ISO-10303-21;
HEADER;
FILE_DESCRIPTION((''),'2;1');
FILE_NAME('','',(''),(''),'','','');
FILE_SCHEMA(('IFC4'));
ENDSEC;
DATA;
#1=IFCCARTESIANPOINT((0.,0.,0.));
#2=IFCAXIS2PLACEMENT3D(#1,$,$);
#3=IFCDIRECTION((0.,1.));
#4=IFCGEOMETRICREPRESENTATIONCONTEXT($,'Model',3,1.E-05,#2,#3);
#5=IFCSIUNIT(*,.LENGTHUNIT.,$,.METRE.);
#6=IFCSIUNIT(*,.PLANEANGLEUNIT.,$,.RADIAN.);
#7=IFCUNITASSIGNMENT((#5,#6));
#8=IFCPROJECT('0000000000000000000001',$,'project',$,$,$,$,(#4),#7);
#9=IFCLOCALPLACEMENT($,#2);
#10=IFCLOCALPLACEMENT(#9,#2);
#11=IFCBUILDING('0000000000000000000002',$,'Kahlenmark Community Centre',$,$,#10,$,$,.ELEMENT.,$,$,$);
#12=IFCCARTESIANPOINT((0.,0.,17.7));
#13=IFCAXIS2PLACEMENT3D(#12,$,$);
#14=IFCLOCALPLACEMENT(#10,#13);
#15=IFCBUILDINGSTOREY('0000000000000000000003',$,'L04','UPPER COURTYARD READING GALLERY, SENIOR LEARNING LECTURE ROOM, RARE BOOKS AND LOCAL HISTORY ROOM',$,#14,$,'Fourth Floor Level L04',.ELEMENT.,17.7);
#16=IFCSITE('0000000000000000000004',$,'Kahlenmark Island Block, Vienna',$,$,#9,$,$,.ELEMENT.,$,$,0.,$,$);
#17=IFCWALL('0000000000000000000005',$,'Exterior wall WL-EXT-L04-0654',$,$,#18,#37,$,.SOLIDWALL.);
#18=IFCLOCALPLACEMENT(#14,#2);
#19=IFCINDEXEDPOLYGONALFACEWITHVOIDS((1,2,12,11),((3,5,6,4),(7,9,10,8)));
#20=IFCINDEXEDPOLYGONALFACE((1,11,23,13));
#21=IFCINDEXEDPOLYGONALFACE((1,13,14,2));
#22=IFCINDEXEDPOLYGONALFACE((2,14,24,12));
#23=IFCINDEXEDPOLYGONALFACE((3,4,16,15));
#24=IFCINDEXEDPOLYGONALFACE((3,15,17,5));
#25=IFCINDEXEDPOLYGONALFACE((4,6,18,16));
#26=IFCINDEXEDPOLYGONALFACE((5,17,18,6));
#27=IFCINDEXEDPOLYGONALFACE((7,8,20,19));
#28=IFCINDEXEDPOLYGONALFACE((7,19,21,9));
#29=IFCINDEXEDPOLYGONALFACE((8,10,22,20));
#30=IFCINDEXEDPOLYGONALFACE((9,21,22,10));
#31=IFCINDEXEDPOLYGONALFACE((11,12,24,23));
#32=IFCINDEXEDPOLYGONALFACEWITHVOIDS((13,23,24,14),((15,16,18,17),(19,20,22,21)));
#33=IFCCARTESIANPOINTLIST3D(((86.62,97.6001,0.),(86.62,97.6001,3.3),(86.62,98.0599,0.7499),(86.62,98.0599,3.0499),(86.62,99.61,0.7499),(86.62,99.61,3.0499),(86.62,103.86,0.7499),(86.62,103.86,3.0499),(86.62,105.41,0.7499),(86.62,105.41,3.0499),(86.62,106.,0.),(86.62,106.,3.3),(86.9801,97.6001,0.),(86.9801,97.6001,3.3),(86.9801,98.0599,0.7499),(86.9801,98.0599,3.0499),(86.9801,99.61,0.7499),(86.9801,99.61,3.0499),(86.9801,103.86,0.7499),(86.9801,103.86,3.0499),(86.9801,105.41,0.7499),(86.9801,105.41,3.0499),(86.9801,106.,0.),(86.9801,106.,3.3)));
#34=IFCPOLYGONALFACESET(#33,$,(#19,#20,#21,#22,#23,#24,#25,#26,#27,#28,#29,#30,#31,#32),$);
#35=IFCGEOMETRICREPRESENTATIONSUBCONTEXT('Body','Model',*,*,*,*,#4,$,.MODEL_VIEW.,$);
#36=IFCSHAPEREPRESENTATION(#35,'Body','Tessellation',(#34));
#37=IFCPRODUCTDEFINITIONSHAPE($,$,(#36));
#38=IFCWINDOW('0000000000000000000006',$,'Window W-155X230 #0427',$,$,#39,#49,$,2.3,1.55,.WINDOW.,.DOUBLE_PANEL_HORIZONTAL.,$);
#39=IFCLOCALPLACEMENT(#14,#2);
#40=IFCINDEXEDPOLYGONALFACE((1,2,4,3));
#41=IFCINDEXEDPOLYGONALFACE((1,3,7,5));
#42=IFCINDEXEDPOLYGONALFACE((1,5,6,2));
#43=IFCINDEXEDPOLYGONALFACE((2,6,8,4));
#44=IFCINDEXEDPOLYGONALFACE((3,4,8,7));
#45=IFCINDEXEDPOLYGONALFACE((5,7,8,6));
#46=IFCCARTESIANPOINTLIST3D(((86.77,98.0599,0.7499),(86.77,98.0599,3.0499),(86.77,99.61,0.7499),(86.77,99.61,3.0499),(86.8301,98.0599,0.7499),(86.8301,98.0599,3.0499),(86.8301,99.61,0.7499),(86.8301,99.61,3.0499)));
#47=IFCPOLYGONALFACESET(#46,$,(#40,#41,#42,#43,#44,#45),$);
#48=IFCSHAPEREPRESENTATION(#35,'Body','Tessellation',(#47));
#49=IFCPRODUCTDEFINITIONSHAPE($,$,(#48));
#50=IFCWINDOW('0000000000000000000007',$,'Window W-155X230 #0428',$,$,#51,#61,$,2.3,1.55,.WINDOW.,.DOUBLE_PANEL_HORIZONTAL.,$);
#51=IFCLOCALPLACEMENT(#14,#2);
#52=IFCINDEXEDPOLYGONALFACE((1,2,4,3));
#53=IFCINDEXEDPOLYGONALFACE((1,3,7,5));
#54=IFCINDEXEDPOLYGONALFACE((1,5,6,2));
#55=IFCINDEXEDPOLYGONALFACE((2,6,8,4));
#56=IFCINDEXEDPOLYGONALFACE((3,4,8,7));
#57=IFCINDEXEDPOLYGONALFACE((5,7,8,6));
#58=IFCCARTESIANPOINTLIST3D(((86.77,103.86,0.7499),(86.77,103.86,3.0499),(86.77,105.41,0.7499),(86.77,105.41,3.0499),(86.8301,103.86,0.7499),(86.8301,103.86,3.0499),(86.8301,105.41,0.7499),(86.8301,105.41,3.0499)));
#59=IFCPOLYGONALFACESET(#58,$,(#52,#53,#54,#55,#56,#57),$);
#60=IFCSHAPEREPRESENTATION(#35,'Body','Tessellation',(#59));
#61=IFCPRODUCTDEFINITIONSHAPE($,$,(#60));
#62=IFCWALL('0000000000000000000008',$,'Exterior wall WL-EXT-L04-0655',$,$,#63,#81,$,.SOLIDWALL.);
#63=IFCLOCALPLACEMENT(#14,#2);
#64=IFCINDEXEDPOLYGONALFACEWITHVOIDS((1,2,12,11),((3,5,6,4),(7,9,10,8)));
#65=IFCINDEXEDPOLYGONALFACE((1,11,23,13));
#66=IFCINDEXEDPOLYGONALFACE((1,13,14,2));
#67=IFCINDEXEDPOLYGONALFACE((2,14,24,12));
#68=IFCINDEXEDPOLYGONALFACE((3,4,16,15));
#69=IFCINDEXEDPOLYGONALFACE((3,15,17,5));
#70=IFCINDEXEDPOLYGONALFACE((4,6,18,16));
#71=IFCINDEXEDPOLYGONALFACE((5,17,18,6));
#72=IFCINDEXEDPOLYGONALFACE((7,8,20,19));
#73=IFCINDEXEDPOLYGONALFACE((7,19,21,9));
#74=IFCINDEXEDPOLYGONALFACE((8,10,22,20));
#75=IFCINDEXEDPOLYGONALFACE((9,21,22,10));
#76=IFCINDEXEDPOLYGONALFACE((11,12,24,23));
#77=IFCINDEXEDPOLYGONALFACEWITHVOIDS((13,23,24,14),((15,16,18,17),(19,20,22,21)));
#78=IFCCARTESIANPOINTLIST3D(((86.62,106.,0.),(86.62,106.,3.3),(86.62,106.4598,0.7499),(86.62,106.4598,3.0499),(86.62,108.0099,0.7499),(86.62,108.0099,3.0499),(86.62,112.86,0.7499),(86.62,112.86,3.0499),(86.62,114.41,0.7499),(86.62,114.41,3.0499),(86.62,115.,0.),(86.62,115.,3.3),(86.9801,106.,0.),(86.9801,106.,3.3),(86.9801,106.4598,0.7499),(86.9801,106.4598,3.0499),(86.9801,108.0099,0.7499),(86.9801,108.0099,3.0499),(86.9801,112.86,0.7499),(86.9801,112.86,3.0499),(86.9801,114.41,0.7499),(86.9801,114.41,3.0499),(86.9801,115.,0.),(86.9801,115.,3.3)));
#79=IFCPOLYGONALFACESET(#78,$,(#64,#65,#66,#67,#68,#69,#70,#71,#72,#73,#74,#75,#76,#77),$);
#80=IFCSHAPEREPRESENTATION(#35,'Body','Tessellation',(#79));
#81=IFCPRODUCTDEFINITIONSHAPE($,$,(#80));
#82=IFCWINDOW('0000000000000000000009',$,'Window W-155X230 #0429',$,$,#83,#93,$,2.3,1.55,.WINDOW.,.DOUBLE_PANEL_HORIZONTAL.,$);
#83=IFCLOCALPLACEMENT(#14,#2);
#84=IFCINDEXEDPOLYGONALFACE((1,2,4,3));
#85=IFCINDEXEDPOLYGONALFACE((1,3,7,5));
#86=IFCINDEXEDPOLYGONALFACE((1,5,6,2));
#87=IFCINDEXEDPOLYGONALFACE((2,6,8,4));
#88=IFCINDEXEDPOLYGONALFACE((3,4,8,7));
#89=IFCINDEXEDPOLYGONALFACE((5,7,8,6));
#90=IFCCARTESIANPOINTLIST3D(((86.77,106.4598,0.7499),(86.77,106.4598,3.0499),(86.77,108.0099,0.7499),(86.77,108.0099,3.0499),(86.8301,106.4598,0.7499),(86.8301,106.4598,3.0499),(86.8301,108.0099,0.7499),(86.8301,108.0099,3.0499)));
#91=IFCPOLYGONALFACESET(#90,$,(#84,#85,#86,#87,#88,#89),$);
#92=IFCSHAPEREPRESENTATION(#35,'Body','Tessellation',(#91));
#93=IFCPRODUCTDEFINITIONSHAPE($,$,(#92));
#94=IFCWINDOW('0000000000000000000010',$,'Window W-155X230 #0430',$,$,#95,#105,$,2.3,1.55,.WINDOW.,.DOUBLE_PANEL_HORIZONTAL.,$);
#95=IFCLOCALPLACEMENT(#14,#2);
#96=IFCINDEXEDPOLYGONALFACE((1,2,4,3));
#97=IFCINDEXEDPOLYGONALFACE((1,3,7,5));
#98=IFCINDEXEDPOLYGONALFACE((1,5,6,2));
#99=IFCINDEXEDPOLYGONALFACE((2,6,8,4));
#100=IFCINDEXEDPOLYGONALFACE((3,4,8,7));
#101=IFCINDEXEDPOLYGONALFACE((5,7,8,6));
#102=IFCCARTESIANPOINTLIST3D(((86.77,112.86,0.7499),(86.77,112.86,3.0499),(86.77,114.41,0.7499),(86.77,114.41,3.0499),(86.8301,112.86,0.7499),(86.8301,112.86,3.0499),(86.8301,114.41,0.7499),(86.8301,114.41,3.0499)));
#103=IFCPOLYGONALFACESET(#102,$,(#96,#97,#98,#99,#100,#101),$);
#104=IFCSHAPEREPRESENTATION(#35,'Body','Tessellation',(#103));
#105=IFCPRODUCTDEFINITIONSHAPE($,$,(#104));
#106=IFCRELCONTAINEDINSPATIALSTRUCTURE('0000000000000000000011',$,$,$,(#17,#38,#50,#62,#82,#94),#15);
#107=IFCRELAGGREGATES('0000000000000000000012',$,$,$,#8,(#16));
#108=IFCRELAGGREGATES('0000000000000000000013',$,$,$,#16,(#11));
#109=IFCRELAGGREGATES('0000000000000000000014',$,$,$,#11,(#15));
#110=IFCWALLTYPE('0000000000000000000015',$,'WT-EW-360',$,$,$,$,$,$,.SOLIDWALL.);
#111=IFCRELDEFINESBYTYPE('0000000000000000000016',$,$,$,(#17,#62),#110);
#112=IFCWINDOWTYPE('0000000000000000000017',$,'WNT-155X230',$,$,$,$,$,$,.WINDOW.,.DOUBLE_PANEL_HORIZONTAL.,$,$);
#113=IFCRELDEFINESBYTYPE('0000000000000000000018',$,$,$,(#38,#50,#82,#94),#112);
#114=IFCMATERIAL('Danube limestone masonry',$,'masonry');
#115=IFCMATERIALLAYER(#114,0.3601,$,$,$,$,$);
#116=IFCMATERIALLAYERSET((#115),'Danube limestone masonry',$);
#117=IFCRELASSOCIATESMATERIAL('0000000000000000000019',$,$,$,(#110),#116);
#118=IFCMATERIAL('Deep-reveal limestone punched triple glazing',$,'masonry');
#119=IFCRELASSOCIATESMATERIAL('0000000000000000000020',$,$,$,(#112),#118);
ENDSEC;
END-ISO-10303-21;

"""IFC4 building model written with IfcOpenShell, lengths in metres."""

from ifc_helpers import new_model, si_unit, direction, frame, frame_2d, origin, place, context, subcontext, project, spatial, rectangle, extrude, material, layer, layer_set, type_object, element, fill, save


model = new_model("IFC4")

# Units and contexts
model_context = context("Model", 3, precision=1e-05, world=origin(), true_north=direction((0.0, 1.0)))
body_context = subcontext(model_context, "Body", "Model", "MODEL_VIEW")
ifc_project = project(units=[si_unit("LENGTHUNIT", "METRE"), si_unit("PLANEANGLEUNIT", "RADIAN")], contexts=[model_context])

# Site, building, storey
site_placement = place(None, origin())
site = spatial("IfcSite", under=ifc_project, at=site_placement, Name="Kahlenmark Island Block, Vienna", CompositionType="ELEMENT", RefElevation=0.0)
building_placement = place(site_placement, origin())
building = spatial("IfcBuilding", under=site, at=building_placement, Name="Kahlenmark Community Centre", CompositionType="ELEMENT")
storey_placement = place(building_placement, frame((0.0, 0.0, 17.7)))
storey = spatial("IfcBuildingStorey", under=building, at=storey_placement, Name="L04", Description="UPPER COURTYARD READING GALLERY, SENIOR LEARNING LECTURE ROOM, RARE BOOKS AND LOCAL HISTORY ROOM", LongName="Fourth Floor Level L04", CompositionType="ELEMENT", Elevation=17.7)

# Walls, openings, windows
ifc_material_1 = material(Name="Danube limestone masonry", Category="masonry")
ifc_layer_1 = layer(ifc_material_1, 0.3601)
ifc_layer_set_1 = layer_set([ifc_layer_1], Name="Danube limestone masonry")
wall_type_1 = type_object("IfcWallType", Name="WT-EW-360", PredefinedType="SOLIDWALL", material=ifc_layer_set_1)
wall_1_placement = place(storey_placement, frame((86.8, 97.6001, 0.0), z_axis=(0.0, 0.0, 1.0), x_axis=(0.0, 1.0, 0.0)))
wall_1 = element("IfcWall", 1, at=wall_1_placement, inside=storey, type_object=wall_type_1, Name="Exterior wall WL-EXT-L04-0654", PredefinedType="SOLIDWALL", context=body_context, shape_type="SweptSolid", body=[
    extrude(rectangle(XDim=8.3999, YDim=0.3601, at=frame_2d((4.2, 0.0))), origin(), (0.0, 0.0, 1.0), 3.3),
])
opening_1_placement = place(wall_1_placement, frame((0.46, 0.0, 0.75)))
opening_1 = element("IfcOpeningElement", 2, at=opening_1_placement, cuts=wall_1, PredefinedType="OPENING", context=body_context, shape_type="SweptSolid", body=[
    extrude(rectangle(XDim=1.55, YDim=2.3, at=frame_2d((0.7749, 1.1499))), frame((0.0, 0.1899, 0.0), z_axis=(0.0, -1.0, 0.0), x_axis=(1.0, 0.0, 0.0)), (0.0, 0.0, 1.0), 0.3801),
])
opening_2_placement = place(wall_1_placement, frame((6.26, 0.0, 0.75)))
opening_2 = element("IfcOpeningElement", 3, at=opening_2_placement, cuts=wall_1, PredefinedType="OPENING", context=body_context, shape_type="SweptSolid", body=[
    extrude(rectangle(XDim=1.55, YDim=2.3, at=frame_2d((0.7749, 1.1499))), frame((0.0, 0.1899, 0.0), z_axis=(0.0, -1.0, 0.0), x_axis=(1.0, 0.0, 0.0)), (0.0, 0.0, 1.0), 0.3801),
])
ifc_material_2 = material(Name="Deep-reveal limestone punched triple glazing", Category="masonry")
window_type = type_object("IfcWindowType", Name="WNT-155X230", PartitioningType="DOUBLE_PANEL_HORIZONTAL", PredefinedType="WINDOW", material=ifc_material_2)
window_1_placement = place(opening_1_placement, origin())
window_1 = element("IfcWindow", 4, at=window_1_placement, inside=storey, type_object=window_type, Name="Window W-155X230 #0427", OverallHeight=2.3, OverallWidth=1.55, PartitioningType="DOUBLE_PANEL_HORIZONTAL", PredefinedType="WINDOW", context=body_context, shape_type="SweptSolid", body=[
    extrude(rectangle(XDim=1.55, YDim=2.3, at=frame_2d((0.7749, 1.1499))), frame((0.0, 0.03, 0.0), z_axis=(0.0, -1.0, 0.0), x_axis=(1.0, 0.0, 0.0)), (0.0, 0.0, 1.0), 0.0601),
])
fill(opening_1, window_1)
window_2_placement = place(opening_2_placement, origin())
window_2 = element("IfcWindow", 5, at=window_2_placement, inside=storey, type_object=window_type, Name="Window W-155X230 #0428", OverallHeight=2.3, OverallWidth=1.55, PartitioningType="DOUBLE_PANEL_HORIZONTAL", PredefinedType="WINDOW", context=body_context, shape_type="SweptSolid", body=[
    extrude(rectangle(XDim=1.55, YDim=2.3, at=frame_2d((0.7749, 1.1499))), frame((0.0, 0.03, 0.0), z_axis=(0.0, -1.0, 0.0), x_axis=(1.0, 0.0, 0.0)), (0.0, 0.0, 1.0), 0.0601),
])
fill(opening_2, window_2)
wall_2_placement = place(storey_placement, frame((86.8, 106.0, 0.0), z_axis=(0.0, 0.0, 1.0), x_axis=(0.0, 1.0, 0.0)))
wall_2 = element("IfcWall", 6, at=wall_2_placement, inside=storey, type_object=wall_type_1, Name="Exterior wall WL-EXT-L04-0655", PredefinedType="SOLIDWALL", context=body_context, shape_type="SweptSolid", body=[
    extrude(rectangle(XDim=9.0, YDim=0.3601, at=frame_2d((4.5, 0.0))), origin(), (0.0, 0.0, 1.0), 3.3),
])
opening_3_placement = place(wall_2_placement, frame((0.46, 0.0, 0.75)))
opening_3 = element("IfcOpeningElement", 7, at=opening_3_placement, cuts=wall_2, PredefinedType="OPENING", context=body_context, shape_type="SweptSolid", body=[
    extrude(rectangle(XDim=1.55, YDim=2.3, at=frame_2d((0.7749, 1.1499))), frame((0.0, 0.1899, 0.0), z_axis=(0.0, -1.0, 0.0), x_axis=(1.0, 0.0, 0.0)), (0.0, 0.0, 1.0), 0.3801),
])
opening_4_placement = place(wall_2_placement, frame((6.8601, 0.0, 0.75)))
opening_4 = element("IfcOpeningElement", 8, at=opening_4_placement, cuts=wall_2, PredefinedType="OPENING", context=body_context, shape_type="SweptSolid", body=[
    extrude(rectangle(XDim=1.55, YDim=2.3, at=frame_2d((0.7749, 1.1499))), frame((0.0, 0.1899, 0.0), z_axis=(0.0, -1.0, 0.0), x_axis=(1.0, 0.0, 0.0)), (0.0, 0.0, 1.0), 0.3801),
])
window_3_placement = place(opening_3_placement, origin())
window_3 = element("IfcWindow", 9, at=window_3_placement, inside=storey, type_object=window_type, Name="Window W-155X230 #0429", OverallHeight=2.3, OverallWidth=1.55, PartitioningType="DOUBLE_PANEL_HORIZONTAL", PredefinedType="WINDOW", context=body_context, shape_type="SweptSolid", body=[
    extrude(rectangle(XDim=1.55, YDim=2.3, at=frame_2d((0.7749, 1.1499))), frame((0.0, 0.03, 0.0), z_axis=(0.0, -1.0, 0.0), x_axis=(1.0, 0.0, 0.0)), (0.0, 0.0, 1.0), 0.0601),
])
fill(opening_3, window_3)
window_4_placement = place(opening_4_placement, origin())
window_4 = element("IfcWindow", 10, at=window_4_placement, inside=storey, type_object=window_type, Name="Window W-155X230 #0430", OverallHeight=2.3, OverallWidth=1.55, PartitioningType="DOUBLE_PANEL_HORIZONTAL", PredefinedType="WINDOW", context=body_context, shape_type="SweptSolid", body=[
    extrude(rectangle(XDim=1.55, YDim=2.3, at=frame_2d((0.7749, 1.1499))), frame((0.0, 0.03, 0.0), z_axis=(0.0, -1.0, 0.0), x_axis=(1.0, 0.0, 0.0)), (0.0, 0.0, 1.0), 0.0601),
])
fill(opening_4, window_4)

save(model, "model.ifc")
